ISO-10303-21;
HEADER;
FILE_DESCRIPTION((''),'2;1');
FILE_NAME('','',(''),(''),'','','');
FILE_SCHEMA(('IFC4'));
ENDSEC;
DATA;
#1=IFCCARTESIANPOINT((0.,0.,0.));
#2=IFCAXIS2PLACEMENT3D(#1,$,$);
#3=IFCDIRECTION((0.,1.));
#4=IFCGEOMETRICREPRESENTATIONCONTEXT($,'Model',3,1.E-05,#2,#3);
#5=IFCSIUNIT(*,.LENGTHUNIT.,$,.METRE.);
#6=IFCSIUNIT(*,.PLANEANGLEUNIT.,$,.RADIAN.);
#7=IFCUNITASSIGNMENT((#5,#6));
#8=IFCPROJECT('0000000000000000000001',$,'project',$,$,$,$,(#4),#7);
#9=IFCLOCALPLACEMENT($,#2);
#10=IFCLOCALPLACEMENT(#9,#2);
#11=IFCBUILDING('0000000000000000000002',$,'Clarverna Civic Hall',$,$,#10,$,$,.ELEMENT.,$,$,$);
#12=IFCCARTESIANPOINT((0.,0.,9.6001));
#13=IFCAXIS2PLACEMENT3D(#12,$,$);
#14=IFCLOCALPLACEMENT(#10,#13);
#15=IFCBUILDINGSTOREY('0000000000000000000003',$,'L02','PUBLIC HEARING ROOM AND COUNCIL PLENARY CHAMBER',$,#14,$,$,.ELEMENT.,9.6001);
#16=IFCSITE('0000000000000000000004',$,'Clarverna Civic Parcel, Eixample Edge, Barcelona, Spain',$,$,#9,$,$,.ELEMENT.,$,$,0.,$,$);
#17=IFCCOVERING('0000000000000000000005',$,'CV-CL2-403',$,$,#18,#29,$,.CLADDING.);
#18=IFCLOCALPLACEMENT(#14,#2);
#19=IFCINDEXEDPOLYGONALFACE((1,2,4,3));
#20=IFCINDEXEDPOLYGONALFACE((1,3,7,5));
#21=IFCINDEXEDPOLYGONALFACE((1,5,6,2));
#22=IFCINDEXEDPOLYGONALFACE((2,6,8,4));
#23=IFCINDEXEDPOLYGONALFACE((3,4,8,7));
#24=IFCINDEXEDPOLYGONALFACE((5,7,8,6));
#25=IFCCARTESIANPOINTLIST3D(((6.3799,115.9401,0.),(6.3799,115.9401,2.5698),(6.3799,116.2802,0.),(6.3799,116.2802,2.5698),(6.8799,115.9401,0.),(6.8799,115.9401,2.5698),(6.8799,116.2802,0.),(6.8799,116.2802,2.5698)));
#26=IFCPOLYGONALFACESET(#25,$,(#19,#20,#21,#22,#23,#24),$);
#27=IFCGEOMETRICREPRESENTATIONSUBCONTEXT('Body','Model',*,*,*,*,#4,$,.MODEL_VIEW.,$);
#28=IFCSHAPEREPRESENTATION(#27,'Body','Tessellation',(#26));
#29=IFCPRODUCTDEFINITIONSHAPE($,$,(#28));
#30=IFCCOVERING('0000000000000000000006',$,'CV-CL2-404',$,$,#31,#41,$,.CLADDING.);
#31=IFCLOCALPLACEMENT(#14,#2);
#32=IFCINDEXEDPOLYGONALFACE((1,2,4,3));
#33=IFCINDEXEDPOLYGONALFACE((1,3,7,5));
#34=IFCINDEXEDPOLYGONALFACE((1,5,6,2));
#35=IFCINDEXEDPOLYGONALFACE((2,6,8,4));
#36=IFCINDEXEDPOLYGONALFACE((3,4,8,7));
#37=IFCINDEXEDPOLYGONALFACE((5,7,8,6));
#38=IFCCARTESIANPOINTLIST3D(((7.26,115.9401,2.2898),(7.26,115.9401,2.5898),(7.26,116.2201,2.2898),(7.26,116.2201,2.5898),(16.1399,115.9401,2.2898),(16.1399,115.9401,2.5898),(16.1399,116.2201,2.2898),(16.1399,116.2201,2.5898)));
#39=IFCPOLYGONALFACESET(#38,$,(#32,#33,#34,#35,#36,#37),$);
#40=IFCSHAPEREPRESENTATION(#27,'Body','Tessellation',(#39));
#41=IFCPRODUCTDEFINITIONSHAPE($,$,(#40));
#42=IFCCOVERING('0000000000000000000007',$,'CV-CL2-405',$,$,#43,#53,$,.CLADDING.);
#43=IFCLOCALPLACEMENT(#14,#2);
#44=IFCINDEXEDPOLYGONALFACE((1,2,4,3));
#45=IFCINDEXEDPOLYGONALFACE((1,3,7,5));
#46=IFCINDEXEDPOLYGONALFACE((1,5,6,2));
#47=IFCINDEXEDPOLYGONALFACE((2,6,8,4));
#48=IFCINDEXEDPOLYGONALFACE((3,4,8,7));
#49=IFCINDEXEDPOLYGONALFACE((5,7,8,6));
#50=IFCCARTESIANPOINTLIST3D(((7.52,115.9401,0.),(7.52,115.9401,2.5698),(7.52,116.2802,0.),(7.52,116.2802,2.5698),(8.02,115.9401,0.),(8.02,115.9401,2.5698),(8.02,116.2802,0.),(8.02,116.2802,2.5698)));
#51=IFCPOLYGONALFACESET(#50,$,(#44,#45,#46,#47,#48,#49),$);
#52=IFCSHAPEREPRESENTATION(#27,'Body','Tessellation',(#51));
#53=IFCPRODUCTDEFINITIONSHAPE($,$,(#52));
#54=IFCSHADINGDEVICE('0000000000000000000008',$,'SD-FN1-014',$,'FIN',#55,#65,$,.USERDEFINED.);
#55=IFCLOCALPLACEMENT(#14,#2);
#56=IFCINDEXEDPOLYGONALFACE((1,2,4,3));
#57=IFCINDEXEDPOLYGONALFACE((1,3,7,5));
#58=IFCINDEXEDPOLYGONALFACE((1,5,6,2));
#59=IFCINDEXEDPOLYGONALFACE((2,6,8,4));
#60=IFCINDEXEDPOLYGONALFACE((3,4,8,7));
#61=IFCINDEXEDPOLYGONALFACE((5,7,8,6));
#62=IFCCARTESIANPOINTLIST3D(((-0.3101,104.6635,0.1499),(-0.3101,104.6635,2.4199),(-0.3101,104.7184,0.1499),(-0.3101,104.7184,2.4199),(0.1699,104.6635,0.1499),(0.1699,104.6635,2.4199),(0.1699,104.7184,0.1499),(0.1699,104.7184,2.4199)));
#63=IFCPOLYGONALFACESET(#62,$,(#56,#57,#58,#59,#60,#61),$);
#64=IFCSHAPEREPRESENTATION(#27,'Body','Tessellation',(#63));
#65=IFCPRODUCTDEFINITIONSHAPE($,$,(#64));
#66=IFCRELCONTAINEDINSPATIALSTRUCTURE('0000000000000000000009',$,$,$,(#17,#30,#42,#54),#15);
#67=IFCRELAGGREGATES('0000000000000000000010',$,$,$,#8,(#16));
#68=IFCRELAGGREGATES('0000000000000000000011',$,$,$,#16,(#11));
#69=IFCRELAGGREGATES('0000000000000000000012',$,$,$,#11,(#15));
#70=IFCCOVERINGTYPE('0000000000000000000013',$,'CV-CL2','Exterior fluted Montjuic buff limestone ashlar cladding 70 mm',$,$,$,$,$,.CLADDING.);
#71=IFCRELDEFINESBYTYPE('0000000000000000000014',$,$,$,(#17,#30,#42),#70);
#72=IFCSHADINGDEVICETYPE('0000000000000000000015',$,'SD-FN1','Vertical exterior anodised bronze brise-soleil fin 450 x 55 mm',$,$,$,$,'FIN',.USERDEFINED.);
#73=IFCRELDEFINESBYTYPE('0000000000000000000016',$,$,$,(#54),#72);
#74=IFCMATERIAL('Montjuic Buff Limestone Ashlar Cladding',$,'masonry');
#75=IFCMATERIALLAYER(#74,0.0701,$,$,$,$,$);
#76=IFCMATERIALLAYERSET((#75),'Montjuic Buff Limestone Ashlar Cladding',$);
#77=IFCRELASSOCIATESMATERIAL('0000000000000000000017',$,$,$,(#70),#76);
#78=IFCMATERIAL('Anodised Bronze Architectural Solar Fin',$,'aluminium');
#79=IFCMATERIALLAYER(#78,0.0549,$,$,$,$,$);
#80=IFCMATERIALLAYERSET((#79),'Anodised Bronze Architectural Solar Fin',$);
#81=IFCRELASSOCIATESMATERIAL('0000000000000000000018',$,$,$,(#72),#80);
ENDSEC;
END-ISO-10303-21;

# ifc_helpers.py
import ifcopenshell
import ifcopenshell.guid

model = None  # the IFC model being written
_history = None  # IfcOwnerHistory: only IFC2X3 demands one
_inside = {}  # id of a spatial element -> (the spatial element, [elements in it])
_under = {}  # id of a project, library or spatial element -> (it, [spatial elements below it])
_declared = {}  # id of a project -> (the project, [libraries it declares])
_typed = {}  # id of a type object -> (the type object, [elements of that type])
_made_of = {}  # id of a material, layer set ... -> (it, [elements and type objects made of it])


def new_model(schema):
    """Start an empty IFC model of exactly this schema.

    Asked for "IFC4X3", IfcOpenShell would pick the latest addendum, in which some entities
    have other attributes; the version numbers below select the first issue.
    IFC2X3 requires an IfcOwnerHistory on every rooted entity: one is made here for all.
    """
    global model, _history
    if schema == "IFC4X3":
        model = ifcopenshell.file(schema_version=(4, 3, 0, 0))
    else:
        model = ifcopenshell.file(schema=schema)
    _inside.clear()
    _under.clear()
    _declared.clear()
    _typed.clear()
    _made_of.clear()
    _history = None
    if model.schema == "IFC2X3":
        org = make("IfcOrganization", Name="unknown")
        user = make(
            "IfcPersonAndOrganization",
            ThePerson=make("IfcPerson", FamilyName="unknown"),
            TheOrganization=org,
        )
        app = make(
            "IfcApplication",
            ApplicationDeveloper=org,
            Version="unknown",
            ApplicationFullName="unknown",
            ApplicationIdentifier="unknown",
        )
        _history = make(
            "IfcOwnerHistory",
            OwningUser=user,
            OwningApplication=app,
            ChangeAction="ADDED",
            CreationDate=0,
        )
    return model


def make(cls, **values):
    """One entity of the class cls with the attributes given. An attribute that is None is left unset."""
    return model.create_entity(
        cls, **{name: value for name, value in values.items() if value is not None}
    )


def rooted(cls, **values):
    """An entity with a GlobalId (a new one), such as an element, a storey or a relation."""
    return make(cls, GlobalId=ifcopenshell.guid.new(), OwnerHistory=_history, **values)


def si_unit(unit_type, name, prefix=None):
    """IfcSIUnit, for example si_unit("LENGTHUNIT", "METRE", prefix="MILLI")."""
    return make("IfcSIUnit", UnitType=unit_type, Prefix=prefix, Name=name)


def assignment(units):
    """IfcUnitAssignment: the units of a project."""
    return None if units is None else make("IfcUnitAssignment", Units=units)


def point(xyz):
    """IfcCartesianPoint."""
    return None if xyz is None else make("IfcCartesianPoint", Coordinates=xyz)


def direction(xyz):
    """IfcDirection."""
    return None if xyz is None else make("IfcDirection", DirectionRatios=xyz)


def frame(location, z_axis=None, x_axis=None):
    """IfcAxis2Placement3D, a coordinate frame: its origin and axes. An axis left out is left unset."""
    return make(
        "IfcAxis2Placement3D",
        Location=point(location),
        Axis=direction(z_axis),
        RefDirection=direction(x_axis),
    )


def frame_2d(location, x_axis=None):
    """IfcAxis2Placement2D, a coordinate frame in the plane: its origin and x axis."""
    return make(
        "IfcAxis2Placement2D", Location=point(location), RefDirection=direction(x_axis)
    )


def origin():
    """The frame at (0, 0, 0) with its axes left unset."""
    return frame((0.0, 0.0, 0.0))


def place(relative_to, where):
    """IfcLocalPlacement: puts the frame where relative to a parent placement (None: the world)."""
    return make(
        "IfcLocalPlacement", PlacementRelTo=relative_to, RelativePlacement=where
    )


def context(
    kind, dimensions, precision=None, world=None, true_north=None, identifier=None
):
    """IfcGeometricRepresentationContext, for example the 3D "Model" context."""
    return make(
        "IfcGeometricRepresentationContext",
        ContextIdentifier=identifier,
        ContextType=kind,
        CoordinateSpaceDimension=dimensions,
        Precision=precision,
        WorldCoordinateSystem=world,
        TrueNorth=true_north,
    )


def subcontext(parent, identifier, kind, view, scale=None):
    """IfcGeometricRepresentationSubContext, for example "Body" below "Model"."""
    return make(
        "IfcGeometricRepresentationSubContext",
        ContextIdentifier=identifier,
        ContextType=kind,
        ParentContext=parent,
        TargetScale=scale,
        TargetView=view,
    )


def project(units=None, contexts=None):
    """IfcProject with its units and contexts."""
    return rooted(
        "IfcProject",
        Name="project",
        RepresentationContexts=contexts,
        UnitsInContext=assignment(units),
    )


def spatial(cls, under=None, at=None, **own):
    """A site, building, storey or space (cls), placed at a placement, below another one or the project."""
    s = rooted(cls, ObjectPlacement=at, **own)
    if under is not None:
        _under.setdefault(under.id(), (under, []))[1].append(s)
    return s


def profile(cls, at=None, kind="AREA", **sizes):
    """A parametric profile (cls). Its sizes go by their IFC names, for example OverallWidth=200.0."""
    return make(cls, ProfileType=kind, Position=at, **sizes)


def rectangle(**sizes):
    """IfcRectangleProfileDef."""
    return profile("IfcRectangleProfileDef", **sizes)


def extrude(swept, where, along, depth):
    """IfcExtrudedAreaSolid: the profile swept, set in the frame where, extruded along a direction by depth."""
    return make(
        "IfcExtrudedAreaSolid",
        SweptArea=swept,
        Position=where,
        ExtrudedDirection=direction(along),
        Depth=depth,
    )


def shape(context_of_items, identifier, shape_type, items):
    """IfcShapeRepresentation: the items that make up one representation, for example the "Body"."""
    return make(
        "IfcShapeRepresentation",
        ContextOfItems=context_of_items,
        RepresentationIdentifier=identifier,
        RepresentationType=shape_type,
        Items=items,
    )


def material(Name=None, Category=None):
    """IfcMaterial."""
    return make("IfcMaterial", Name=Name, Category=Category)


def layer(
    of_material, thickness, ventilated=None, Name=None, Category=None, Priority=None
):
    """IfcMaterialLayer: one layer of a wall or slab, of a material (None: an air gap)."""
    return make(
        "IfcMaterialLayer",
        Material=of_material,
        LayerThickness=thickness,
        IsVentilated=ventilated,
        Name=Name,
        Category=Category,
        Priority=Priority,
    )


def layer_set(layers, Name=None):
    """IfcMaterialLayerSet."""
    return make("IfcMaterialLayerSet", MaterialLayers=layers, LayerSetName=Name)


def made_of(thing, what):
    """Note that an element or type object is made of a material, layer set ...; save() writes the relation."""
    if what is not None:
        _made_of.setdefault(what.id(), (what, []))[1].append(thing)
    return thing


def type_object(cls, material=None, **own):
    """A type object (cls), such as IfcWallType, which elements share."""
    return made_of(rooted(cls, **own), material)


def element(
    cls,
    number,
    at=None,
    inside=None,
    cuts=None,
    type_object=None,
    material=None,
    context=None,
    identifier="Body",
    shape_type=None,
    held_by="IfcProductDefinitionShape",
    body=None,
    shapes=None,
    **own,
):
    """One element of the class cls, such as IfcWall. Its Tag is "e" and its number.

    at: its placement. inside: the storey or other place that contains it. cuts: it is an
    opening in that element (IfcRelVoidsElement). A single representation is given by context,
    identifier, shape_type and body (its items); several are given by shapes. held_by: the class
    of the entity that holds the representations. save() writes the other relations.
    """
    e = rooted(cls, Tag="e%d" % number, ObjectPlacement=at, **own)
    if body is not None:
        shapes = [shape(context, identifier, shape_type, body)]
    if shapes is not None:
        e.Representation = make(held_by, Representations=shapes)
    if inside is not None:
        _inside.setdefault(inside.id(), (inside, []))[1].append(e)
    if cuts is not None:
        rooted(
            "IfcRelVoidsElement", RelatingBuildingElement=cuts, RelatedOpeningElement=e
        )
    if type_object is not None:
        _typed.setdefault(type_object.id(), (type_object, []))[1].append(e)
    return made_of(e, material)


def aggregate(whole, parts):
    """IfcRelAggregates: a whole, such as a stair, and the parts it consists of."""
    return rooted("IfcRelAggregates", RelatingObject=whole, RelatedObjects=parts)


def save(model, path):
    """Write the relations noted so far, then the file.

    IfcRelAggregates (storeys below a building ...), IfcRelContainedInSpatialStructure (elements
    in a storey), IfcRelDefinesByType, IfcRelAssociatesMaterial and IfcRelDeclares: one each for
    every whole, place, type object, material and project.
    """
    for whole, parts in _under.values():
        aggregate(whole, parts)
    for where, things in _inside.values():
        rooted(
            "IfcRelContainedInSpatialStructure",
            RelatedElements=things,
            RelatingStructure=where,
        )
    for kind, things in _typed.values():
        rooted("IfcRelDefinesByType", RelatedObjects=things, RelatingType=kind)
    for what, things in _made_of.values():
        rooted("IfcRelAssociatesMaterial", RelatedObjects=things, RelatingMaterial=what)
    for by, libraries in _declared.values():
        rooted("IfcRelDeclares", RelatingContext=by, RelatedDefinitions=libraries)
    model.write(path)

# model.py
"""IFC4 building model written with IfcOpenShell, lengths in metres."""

from ifc_helpers import new_model, si_unit, direction, frame, frame_2d, origin, place, context, subcontext, project, spatial, rectangle, extrude, material, layer, layer_set, type_object, element, save


model = new_model("IFC4")

# Units and contexts
model_context = context("Model", 3, precision=1e-05, world=origin(), true_north=direction((0.0, 1.0)))
body_context = subcontext(model_context, "Body", "Model", "MODEL_VIEW")
ifc_project = project(units=[si_unit("LENGTHUNIT", "METRE"), si_unit("PLANEANGLEUNIT", "RADIAN")], contexts=[model_context])

# Site, building, storey
site_placement = place(None, origin())
site = spatial("IfcSite", under=ifc_project, at=site_placement, Name="Clarverna Civic Parcel, Eixample Edge, Barcelona, Spain", CompositionType="ELEMENT", RefElevation=0.0)
building_placement = place(site_placement, origin())
building = spatial("IfcBuilding", under=site, at=building_placement, Name="Clarverna Civic Hall", CompositionType="ELEMENT")
storey_placement = place(building_placement, frame((0.0, 0.0, 9.6001)))
storey = spatial("IfcBuildingStorey", under=building, at=storey_placement, Name="L02", Description="PUBLIC HEARING ROOM AND COUNCIL PLENARY CHAMBER", CompositionType="ELEMENT", Elevation=9.6001)

# Coverings
ifc_material_1 = material(Name="Montjuic Buff Limestone Ashlar Cladding", Category="masonry")
ifc_layer_1 = layer(ifc_material_1, 0.0701)
ifc_layer_set_1 = layer_set([ifc_layer_1], Name="Montjuic Buff Limestone Ashlar Cladding")
covering_type = type_object("IfcCoveringType", Name="CV-CL2", Description="Exterior fluted Montjuic buff limestone ashlar cladding 70 mm", PredefinedType="CLADDING", material=ifc_layer_set_1)
for number, where, z_axis, x_axis, name in (
    (1, (6.3799, 116.1101, 0.0), (0.0, 0.0, 1.0), (1.0, 0.0, 0.0), "CV-CL2-403"),
):
    element("IfcCovering", number, at=place(storey_placement, frame(where, z_axis=z_axis, x_axis=x_axis)), inside=storey, type_object=covering_type, Name=name, PredefinedType="CLADDING", context=body_context, shape_type="SweptSolid", body=[
        extrude(rectangle(XDim=0.5, YDim=0.3401, at=frame_2d((0.25, 0.0))), origin(), (0.0, 0.0, 1.0), 2.5698),
    ])
covering_1_placement = place(storey_placement, frame((7.26, 116.0801, 2.2898), z_axis=(0.0, 0.0, 1.0), x_axis=(1.0, 0.0, 0.0)))
element("IfcCovering", 2, at=covering_1_placement, inside=storey, type_object=covering_type, Name="CV-CL2-404", PredefinedType="CLADDING", context=body_context, shape_type="SweptSolid", body=[
    extrude(rectangle(XDim=8.8799, YDim=0.28, at=frame_2d((4.4399, 0.0))), origin(), (0.0, 0.0, 1.0), 0.3),
])
covering_2_placement = place(storey_placement, frame((7.52, 116.1101, 0.0), z_axis=(0.0, 0.0, 1.0), x_axis=(1.0, 0.0, 0.0)))
element("IfcCovering", 3, at=covering_2_placement, inside=storey, type_object=covering_type, Name="CV-CL2-405", PredefinedType="CLADDING", context=body_context, shape_type="SweptSolid", body=[
    extrude(rectangle(XDim=0.5, YDim=0.3401, at=frame_2d((0.25, 0.0))), origin(), (0.0, 0.0, 1.0), 2.5698),
])

# Shading device
ifc_material_2 = material(Name="Anodised Bronze Architectural Solar Fin", Category="aluminium")
ifc_layer_2 = layer(ifc_material_2, 0.0549)
ifc_layer_set_2 = layer_set([ifc_layer_2], Name="Anodised Bronze Architectural Solar Fin")
shading_device_type = type_object("IfcShadingDeviceType", Name="SD-FN1", Description="Vertical exterior anodised bronze brise-soleil fin 450 x 55 mm", ElementType="FIN", PredefinedType="USERDEFINED", material=ifc_layer_set_2)
shading_device_placement = place(storey_placement, frame((0.1699, 104.6909, 0.1499), z_axis=(0.0, 0.0, 1.0), x_axis=(-1.0, 0.0, 0.0)))
element("IfcShadingDevice", 4, at=shading_device_placement, inside=storey, type_object=shading_device_type, Name="SD-FN1-014", ObjectType="FIN", PredefinedType="USERDEFINED", context=body_context, shape_type="SweptSolid", body=[
    extrude(rectangle(XDim=0.48, YDim=0.0549, at=frame_2d((0.24, 0.0))), origin(), (0.0, 0.0, 1.0), 2.27),
])

save(model, "model.ifc")
